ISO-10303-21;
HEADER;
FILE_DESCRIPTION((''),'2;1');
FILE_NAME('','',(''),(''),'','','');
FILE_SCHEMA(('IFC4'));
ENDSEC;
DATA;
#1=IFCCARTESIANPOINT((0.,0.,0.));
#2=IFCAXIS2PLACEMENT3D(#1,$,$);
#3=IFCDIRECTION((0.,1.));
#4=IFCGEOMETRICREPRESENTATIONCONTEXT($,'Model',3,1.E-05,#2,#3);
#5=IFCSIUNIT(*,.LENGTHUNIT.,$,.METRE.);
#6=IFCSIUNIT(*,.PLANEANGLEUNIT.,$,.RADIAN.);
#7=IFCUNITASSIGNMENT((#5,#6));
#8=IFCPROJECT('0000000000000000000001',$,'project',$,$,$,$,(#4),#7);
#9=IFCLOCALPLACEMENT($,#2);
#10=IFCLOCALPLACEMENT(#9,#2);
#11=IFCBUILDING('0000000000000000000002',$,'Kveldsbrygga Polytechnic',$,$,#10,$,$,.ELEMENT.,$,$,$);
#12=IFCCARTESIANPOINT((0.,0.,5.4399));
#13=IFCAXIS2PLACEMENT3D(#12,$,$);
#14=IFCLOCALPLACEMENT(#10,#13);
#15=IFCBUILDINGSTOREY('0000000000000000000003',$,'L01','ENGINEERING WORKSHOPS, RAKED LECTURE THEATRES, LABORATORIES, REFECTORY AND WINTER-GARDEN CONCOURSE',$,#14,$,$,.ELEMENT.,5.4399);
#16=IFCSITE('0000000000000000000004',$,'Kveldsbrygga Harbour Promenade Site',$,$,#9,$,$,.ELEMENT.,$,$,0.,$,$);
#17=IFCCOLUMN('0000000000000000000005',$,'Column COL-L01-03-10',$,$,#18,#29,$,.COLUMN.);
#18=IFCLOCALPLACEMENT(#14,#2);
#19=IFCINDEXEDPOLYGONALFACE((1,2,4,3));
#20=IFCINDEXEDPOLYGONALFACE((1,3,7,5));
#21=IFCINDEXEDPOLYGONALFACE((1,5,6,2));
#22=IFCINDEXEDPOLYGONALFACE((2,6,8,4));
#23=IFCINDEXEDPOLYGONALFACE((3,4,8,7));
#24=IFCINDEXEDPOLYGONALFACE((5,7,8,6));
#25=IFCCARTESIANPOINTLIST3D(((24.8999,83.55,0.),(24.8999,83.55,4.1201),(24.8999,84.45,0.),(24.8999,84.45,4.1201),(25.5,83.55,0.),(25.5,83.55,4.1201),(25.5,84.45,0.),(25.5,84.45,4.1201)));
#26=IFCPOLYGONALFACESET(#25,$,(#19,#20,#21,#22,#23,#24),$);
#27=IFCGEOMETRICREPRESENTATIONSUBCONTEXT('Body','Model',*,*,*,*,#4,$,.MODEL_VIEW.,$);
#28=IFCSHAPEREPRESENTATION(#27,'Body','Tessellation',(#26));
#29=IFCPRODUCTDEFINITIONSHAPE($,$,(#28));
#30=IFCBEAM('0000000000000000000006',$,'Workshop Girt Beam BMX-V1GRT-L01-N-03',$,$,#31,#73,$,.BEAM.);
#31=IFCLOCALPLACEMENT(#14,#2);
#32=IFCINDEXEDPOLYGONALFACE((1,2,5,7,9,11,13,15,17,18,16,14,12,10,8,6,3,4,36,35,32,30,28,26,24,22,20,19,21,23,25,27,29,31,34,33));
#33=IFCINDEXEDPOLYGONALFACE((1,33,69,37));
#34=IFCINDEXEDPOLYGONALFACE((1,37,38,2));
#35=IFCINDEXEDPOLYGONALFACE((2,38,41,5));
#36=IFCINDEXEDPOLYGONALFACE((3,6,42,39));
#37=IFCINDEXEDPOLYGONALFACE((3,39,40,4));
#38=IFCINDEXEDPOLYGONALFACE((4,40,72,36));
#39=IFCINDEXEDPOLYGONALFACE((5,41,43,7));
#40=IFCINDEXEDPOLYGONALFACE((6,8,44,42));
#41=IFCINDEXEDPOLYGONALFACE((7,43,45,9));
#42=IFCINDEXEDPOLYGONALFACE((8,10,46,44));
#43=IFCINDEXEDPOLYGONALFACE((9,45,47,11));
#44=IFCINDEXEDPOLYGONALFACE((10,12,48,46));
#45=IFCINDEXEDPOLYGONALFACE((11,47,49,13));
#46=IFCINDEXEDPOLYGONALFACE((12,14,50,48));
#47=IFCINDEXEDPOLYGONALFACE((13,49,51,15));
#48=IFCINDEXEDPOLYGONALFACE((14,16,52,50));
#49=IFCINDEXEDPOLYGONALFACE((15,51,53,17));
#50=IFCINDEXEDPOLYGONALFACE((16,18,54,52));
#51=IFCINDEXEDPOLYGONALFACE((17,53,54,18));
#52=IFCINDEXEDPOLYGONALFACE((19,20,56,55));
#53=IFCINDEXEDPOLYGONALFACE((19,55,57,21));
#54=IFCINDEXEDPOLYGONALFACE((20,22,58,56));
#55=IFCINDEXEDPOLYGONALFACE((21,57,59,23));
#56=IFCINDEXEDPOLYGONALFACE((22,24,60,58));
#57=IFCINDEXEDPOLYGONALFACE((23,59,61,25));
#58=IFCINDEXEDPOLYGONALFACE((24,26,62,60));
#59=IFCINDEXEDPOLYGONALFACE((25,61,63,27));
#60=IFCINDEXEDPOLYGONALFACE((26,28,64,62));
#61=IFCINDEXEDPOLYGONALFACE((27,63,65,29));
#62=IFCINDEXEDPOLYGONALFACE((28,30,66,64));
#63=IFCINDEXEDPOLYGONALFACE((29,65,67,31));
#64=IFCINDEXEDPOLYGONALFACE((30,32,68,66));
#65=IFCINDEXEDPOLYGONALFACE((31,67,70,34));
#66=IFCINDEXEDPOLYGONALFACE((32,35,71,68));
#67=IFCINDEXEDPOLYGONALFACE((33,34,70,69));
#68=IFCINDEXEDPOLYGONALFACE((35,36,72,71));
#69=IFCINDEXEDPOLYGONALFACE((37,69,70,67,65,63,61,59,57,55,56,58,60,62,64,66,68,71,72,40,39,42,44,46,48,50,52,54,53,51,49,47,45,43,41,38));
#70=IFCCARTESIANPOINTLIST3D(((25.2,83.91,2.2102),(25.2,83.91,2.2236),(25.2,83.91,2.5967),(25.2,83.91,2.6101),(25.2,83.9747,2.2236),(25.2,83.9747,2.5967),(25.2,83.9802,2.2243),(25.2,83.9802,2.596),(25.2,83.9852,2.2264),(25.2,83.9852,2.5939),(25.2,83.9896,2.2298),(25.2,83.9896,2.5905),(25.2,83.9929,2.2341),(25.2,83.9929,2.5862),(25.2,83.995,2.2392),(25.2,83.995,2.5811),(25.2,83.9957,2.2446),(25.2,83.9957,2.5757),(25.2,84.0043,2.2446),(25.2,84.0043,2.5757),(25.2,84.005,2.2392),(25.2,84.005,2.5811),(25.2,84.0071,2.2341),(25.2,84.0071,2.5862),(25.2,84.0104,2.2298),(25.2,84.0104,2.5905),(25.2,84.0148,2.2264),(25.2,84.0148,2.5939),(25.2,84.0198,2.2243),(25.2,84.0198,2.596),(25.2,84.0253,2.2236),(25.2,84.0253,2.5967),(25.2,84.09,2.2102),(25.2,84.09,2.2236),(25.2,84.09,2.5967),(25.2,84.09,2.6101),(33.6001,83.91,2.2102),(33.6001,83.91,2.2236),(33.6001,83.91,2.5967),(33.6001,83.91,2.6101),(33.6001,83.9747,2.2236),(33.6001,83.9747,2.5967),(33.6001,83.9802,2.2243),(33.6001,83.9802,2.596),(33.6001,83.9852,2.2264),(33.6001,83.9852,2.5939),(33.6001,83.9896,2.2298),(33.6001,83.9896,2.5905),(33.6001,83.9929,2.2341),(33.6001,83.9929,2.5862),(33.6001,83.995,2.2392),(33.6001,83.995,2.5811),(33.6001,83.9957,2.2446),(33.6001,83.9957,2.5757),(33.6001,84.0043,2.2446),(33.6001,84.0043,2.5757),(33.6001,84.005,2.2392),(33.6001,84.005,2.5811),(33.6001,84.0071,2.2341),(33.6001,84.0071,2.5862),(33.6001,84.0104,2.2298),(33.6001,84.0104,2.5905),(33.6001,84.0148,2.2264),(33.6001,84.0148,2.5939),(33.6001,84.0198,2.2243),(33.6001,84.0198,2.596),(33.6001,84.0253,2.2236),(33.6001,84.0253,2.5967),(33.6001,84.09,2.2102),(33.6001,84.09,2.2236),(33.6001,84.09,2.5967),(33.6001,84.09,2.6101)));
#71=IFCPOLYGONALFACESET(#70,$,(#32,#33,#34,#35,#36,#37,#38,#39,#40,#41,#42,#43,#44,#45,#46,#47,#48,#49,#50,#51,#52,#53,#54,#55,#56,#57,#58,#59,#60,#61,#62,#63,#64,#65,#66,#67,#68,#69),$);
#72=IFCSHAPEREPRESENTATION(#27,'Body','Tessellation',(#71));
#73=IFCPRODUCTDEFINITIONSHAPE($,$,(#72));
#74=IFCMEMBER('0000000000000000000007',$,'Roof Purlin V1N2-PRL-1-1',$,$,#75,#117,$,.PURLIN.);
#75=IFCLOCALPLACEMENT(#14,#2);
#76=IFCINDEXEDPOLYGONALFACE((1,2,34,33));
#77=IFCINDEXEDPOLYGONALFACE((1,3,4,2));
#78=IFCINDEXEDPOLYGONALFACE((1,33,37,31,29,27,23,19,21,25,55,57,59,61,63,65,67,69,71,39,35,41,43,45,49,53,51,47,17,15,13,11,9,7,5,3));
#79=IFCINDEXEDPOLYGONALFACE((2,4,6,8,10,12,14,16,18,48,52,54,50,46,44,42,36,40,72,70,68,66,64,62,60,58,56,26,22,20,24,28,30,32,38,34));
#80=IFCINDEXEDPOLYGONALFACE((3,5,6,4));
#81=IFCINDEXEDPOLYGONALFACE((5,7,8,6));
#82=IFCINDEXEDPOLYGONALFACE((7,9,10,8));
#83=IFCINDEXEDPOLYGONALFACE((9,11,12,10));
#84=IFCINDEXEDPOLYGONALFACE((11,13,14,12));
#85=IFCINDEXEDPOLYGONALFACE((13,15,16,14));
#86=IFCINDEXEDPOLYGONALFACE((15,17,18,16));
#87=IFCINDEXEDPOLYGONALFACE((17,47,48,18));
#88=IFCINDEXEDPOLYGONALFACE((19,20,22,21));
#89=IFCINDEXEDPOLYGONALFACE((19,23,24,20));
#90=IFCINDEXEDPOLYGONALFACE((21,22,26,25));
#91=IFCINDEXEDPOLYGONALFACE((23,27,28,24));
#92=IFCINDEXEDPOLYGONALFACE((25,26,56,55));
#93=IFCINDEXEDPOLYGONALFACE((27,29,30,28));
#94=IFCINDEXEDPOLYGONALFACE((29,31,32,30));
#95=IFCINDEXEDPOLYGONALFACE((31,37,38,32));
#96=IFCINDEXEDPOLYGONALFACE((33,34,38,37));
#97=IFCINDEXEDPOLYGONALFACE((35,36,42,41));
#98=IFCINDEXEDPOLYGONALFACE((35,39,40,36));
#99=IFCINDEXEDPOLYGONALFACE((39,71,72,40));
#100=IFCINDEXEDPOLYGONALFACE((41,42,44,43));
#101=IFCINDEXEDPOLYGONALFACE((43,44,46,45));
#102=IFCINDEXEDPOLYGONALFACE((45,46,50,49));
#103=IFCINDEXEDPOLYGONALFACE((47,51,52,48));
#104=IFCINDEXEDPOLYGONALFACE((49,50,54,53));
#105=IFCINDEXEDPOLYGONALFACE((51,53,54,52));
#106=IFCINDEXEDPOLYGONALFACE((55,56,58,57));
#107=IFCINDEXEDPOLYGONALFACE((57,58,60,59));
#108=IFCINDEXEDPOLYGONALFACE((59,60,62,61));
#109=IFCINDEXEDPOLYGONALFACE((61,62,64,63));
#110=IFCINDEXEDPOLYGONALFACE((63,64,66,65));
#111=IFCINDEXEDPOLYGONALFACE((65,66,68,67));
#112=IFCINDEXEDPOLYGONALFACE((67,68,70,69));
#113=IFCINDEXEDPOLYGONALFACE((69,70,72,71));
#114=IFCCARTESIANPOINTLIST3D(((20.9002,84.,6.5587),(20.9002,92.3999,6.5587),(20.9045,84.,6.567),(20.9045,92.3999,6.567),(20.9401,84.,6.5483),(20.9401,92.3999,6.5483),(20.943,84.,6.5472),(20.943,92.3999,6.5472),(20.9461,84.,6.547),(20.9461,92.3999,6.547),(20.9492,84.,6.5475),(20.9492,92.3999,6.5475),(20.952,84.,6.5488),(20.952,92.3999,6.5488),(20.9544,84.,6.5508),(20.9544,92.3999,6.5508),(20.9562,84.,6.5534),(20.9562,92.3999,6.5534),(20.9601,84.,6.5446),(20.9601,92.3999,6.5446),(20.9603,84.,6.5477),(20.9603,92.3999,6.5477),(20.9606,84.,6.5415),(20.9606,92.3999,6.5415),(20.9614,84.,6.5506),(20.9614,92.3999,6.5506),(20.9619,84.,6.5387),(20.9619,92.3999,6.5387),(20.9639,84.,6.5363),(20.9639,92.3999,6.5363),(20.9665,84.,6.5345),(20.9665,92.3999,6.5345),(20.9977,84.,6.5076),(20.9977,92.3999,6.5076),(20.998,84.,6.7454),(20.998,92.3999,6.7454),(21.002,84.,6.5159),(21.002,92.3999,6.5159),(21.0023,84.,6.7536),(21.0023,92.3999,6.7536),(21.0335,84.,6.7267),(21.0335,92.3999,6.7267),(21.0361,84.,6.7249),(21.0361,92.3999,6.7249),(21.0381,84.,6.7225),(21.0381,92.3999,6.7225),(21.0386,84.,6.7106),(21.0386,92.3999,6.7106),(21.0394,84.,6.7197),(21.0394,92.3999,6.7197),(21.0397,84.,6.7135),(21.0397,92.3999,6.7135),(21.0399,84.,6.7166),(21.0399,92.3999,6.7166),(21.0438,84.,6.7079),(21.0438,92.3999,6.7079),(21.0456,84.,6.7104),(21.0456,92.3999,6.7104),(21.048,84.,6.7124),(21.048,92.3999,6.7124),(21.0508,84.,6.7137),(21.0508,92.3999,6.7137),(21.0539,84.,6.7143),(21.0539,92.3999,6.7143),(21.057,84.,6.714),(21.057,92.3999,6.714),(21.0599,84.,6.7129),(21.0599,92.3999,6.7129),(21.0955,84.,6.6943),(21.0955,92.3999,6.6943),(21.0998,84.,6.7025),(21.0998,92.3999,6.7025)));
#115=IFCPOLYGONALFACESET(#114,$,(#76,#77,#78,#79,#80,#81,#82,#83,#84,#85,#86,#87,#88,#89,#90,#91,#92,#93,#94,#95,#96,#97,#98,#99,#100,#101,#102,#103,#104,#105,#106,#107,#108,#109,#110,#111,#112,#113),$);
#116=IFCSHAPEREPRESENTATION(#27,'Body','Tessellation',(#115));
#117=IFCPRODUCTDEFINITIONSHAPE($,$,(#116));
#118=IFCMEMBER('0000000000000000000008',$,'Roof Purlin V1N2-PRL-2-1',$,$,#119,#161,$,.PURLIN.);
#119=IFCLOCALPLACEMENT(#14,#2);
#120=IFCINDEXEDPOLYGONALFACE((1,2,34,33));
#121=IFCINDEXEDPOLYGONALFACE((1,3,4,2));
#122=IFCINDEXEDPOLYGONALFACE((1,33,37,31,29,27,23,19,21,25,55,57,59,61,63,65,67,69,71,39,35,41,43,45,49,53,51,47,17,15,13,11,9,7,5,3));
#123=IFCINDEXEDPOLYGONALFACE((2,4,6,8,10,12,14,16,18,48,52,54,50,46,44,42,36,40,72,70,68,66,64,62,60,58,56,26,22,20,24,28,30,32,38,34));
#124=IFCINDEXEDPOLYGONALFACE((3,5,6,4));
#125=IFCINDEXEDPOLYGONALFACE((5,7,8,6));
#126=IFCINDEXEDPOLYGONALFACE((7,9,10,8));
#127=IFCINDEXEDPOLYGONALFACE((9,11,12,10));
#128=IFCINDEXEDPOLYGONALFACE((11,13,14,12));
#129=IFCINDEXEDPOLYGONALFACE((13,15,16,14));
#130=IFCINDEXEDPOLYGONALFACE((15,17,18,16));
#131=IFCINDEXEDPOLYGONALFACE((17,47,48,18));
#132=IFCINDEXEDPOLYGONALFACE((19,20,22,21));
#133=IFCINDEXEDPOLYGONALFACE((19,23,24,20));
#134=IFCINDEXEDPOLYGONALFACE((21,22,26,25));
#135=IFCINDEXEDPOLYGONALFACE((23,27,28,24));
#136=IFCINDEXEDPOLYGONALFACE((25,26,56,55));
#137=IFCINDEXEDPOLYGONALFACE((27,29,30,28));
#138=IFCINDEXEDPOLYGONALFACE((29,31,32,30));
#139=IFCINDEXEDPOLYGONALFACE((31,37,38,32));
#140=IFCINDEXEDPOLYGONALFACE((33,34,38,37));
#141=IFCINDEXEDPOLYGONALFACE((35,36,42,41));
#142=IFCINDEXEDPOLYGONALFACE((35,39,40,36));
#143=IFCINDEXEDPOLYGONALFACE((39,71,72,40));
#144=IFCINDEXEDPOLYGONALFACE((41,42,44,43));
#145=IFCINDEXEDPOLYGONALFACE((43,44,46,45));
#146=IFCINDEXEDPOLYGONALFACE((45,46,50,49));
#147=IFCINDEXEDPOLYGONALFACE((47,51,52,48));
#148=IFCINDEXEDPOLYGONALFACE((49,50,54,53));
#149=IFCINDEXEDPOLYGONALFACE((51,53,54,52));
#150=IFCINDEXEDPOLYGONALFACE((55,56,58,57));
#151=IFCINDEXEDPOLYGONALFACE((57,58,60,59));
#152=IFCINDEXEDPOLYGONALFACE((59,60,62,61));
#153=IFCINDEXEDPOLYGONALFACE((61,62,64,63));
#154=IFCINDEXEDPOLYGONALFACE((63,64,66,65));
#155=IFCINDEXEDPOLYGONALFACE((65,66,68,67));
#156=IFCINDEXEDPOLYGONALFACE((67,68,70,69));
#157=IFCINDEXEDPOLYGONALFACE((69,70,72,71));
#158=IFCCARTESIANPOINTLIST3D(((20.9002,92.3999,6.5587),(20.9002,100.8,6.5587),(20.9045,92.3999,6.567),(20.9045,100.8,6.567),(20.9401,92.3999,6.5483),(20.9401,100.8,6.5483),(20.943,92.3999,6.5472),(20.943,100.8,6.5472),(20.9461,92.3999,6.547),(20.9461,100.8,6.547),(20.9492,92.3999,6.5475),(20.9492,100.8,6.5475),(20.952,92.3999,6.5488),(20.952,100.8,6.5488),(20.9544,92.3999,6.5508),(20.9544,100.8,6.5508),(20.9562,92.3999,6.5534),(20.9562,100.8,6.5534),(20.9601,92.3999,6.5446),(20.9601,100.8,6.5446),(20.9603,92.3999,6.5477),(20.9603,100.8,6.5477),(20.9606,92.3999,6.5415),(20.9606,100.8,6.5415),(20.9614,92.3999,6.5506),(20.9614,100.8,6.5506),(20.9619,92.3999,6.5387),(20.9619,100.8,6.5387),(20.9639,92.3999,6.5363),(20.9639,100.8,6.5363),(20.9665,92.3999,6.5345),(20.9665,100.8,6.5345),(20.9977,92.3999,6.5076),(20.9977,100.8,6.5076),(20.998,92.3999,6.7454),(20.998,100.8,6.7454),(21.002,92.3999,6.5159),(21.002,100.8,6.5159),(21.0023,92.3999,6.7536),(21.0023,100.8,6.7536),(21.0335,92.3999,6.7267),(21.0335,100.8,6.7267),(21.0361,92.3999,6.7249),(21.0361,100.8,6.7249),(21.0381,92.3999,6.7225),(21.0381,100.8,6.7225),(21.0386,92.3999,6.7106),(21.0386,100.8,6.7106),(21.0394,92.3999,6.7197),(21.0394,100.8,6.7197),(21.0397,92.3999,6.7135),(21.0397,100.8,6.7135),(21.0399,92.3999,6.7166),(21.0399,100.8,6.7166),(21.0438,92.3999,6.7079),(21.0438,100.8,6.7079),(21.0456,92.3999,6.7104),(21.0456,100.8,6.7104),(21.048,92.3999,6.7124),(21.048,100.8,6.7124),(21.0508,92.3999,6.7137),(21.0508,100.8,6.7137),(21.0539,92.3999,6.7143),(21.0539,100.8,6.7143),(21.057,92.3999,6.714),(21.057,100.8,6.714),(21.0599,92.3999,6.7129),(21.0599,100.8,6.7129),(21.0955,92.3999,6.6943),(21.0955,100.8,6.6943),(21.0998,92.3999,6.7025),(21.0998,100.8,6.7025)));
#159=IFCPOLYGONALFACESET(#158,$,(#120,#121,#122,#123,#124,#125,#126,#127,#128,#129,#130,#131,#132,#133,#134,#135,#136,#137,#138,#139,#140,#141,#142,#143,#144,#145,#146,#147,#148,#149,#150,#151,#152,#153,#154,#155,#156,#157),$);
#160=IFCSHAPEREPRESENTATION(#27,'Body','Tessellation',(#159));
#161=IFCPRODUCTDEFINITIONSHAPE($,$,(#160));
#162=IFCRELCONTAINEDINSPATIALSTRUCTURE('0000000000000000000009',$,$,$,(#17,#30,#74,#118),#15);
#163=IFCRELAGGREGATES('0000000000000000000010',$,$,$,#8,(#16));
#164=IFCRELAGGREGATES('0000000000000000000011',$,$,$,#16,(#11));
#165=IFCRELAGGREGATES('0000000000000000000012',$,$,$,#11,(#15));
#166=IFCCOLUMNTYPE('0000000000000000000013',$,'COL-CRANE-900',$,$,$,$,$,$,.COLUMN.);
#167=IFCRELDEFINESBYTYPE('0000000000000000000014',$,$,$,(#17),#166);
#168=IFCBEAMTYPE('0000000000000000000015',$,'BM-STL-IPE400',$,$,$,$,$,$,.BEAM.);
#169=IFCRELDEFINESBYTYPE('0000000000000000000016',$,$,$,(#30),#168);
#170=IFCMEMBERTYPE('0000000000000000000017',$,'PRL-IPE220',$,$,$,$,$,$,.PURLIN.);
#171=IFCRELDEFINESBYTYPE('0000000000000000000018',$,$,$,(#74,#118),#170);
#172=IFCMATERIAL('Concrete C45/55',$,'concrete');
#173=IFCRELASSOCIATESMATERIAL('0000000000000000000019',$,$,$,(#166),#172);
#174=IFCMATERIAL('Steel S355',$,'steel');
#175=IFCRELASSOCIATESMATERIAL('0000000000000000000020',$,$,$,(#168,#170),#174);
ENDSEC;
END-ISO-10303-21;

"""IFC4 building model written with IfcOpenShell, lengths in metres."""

from ifc_helpers import new_model, si_unit, direction, frame, origin, origin_2d, place, context, subcontext, project, spatial, rectangle, i_section, extrude, material, material_profile, profile_set, type_object, element, save


model = new_model("IFC4")

# Units and contexts
model_context = context("Model", 3, precision=1e-05, world=origin(), true_north=direction((0.0, 1.0)))
body_context = subcontext(model_context, "Body", "Model", "MODEL_VIEW")
ifc_project = project(units=[si_unit("LENGTHUNIT", "METRE"), si_unit("PLANEANGLEUNIT", "RADIAN")], contexts=[model_context])

# Site, building, storey
site_placement = place(None, origin())
site = spatial("IfcSite", under=ifc_project, at=site_placement, Name="Kveldsbrygga Harbour Promenade Site", CompositionType="ELEMENT", RefElevation=0.0)
building_placement = place(site_placement, origin())
building = spatial("IfcBuilding", under=site, at=building_placement, Name="Kveldsbrygga Polytechnic", CompositionType="ELEMENT")
storey_placement = place(building_placement, frame((0.0, 0.0, 5.4399)))
storey = spatial("IfcBuildingStorey", under=building, at=storey_placement, Name="L01", Description="ENGINEERING WORKSHOPS, RAKED LECTURE THEATRES, LABORATORIES, REFECTORY AND WINTER-GARDEN CONCOURSE", CompositionType="ELEMENT", Elevation=5.4399)

# Column
ifc_material_1 = material(Name="Concrete C45/55", Category="concrete")
ifc_material_profile_1 = material_profile(ifc_material_1, rectangle(XDim=0.6001, YDim=0.8999, at=origin_2d()), Name="RC 600x900")
ifc_profile_set_1 = profile_set([ifc_material_profile_1], Name="Concrete C45/55")
column_type = type_object("IfcColumnType", Name="COL-CRANE-900", PredefinedType="COLUMN", material=ifc_profile_set_1)
column_placement = place(storey_placement, frame((25.2, 84.0, 0.0), z_axis=(0.0, 0.0, 1.0), x_axis=(1.0, 0.0, 0.0)))
element("IfcColumn", 1, at=column_placement, inside=storey, type_object=column_type, Name="Column COL-L01-03-10", PredefinedType="COLUMN", context=body_context, shape_type="SweptSolid", body=[
    extrude(rectangle(XDim=0.6001, YDim=0.8999, at=origin_2d()), origin(), (0.0, 0.0, 1.0), 4.1201),
])

# Beam
ifc_material_2 = material(Name="Steel S355", Category="steel")
ifc_material_profile_2 = material_profile(ifc_material_2, i_section(OverallWidth=0.1799, OverallDepth=0.3999, WebThickness=0.0085, FlangeThickness=0.0134, FilletRadius=0.021, at=origin_2d()), Name="IPE 400")
ifc_profile_set_2 = profile_set([ifc_material_profile_2], Name="Steel S355")
beam_type = type_object("IfcBeamType", Name="BM-STL-IPE400", PredefinedType="BEAM", material=ifc_profile_set_2)
beam_placement = place(storey_placement, frame((25.2, 84.0, 2.4102), z_axis=(1.0, 0.0, 0.0), x_axis=(0.0, 1.0, 0.0)))
element("IfcBeam", 2, at=beam_placement, inside=storey, type_object=beam_type, Name="Workshop Girt Beam BMX-V1GRT-L01-N-03", PredefinedType="BEAM", context=body_context, shape_type="SweptSolid", body=[
    extrude(i_section(OverallWidth=0.1799, OverallDepth=0.3999, WebThickness=0.0085, FlangeThickness=0.0134, FilletRadius=0.021, at=origin_2d()), origin(), (0.0, 0.0, 1.0), 8.4001),
])

# Members
ifc_material_profile_3 = material_profile(ifc_material_2, i_section(OverallWidth=0.1101, OverallDepth=0.22, WebThickness=0.0059, FlangeThickness=0.0093, FilletRadius=0.012, at=origin_2d()), Name="IPE 220")
ifc_profile_set_3 = profile_set([ifc_material_profile_3], Name="Steel S355")
member_type_1 = type_object("IfcMemberType", Name="PRL-IPE220", PredefinedType="PURLIN", material=ifc_profile_set_3)
member_1_placement = place(storey_placement, frame((21.0, 84.0, 6.6306), z_axis=(0.0, 1.0, 0.0), x_axis=(-0.885831, 0.0, 0.464007)))
element("IfcMember", 3, at=member_1_placement, inside=storey, type_object=member_type_1, Name="Roof Purlin V1N2-PRL-1-1", PredefinedType="PURLIN", context=body_context, shape_type="SweptSolid", body=[
    extrude(i_section(OverallWidth=0.1101, OverallDepth=0.22, WebThickness=0.0059, FlangeThickness=0.0093, FilletRadius=0.012, at=origin_2d()), origin(), (0.0, 0.0, 1.0), 8.3999),
])
member_2_placement = place(storey_placement, frame((21.0, 92.3999, 6.6306), z_axis=(0.0, 1.0, 0.0), x_axis=(-0.885831, 0.0, 0.464007)))
element("IfcMember", 4, at=member_2_placement, inside=storey, type_object=member_type_1, Name="Roof Purlin V1N2-PRL-2-1", PredefinedType="PURLIN", context=body_context, shape_type="SweptSolid", body=[
    extrude(i_section(OverallWidth=0.1101, OverallDepth=0.22, WebThickness=0.0059, FlangeThickness=0.0093, FilletRadius=0.012, at=origin_2d()), origin(), (0.0, 0.0, 1.0), 8.4001),
])

save(model, "model.ifc")
